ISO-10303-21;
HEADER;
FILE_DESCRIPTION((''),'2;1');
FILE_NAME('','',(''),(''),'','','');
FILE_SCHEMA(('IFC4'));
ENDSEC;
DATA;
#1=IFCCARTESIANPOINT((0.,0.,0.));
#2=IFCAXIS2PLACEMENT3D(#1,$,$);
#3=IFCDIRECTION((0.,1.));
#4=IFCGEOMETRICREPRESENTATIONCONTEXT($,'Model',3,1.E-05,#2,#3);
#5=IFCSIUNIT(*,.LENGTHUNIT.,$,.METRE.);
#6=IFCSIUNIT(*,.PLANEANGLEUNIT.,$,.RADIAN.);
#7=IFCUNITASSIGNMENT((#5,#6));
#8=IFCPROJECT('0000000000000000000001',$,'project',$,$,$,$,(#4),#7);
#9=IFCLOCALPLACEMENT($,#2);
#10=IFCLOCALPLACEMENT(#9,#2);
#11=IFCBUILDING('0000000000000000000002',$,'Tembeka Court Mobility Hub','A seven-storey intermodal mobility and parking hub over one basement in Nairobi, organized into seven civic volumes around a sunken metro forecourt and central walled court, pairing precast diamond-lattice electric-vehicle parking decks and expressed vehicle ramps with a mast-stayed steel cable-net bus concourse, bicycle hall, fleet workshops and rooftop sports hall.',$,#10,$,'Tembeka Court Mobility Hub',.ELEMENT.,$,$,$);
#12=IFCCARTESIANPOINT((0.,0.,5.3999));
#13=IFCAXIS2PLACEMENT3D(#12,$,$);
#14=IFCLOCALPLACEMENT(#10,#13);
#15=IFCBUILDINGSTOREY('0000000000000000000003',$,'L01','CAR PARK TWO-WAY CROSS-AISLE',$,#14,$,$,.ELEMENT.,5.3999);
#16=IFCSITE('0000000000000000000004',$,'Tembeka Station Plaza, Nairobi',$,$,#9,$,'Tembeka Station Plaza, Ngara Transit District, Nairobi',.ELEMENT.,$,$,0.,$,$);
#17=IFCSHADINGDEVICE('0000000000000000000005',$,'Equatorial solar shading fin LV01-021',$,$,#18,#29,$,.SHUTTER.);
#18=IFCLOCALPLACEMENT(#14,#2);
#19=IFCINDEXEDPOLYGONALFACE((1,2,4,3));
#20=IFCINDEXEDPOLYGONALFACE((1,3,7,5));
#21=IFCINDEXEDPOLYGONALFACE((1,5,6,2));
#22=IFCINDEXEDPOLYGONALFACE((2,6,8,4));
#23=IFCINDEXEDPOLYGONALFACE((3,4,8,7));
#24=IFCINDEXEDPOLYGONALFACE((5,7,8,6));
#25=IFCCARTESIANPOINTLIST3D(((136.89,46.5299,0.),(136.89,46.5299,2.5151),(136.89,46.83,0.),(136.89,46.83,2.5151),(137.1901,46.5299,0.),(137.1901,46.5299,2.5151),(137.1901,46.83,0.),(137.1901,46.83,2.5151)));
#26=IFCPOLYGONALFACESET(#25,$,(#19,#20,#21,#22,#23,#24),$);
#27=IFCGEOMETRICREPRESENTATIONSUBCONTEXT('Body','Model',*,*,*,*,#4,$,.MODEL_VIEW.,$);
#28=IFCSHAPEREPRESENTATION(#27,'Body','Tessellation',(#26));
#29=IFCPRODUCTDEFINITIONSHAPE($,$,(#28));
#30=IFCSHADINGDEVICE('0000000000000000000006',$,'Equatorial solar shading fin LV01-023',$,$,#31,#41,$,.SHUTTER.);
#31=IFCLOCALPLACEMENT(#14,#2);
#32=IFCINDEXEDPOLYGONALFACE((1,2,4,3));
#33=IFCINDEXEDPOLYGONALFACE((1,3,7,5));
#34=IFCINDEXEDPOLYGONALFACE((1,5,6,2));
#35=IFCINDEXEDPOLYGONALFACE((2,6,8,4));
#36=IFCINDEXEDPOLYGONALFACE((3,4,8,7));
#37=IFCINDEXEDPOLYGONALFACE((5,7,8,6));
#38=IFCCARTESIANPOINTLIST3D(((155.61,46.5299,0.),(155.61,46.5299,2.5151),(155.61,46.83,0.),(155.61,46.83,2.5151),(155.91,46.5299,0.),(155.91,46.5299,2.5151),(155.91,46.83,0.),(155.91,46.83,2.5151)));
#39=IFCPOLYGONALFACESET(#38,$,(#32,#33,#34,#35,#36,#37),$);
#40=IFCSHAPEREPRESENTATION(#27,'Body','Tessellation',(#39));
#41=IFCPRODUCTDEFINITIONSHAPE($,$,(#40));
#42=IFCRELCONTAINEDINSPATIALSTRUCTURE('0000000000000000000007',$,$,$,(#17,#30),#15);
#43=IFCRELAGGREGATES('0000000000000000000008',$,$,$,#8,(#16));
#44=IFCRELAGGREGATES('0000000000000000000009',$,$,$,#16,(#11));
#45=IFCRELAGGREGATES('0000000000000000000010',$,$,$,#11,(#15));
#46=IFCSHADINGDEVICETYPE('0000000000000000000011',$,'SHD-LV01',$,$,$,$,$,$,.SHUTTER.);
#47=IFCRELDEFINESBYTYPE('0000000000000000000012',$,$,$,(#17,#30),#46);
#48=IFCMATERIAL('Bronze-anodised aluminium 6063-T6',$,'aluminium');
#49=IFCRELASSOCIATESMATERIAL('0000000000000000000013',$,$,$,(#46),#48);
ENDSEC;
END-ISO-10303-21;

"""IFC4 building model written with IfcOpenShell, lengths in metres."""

from ifc_helpers import new_model, si_unit, direction, frame, origin, origin_2d, place, context, subcontext, project, spatial, rectangle, extrude, material, material_profile, profile_set, type_object, element, save


model = new_model("IFC4")

# Units and contexts
model_context = context("Model", 3, precision=1e-05, world=origin(), true_north=direction((0.0, 1.0)))
body_context = subcontext(model_context, "Body", "Model", "MODEL_VIEW")
ifc_project = project(units=[si_unit("LENGTHUNIT", "METRE"), si_unit("PLANEANGLEUNIT", "RADIAN")], contexts=[model_context])

# Site, building, storey
site_placement = place(None, origin())
site = spatial("IfcSite", under=ifc_project, at=site_placement, Name="Tembeka Station Plaza, Nairobi", LongName="Tembeka Station Plaza, Ngara Transit District, Nairobi", CompositionType="ELEMENT", RefElevation=0.0)
building_placement = place(site_placement, origin())
building = spatial("IfcBuilding", under=site, at=building_placement, Name="Tembeka Court Mobility Hub", Description="A seven-storey intermodal mobility and parking hub over one basement in Nairobi, organized into seven civic volumes around a sunken metro forecourt and central walled court, pairing precast diamond-lattice electric-vehicle parking decks and expressed vehicle ramps with a mast-stayed steel cable-net bus concourse, bicycle hall, fleet workshops and rooftop sports hall.", LongName="Tembeka Court Mobility Hub", CompositionType="ELEMENT")
storey_placement = place(building_placement, frame((0.0, 0.0, 5.3999)))
storey = spatial("IfcBuildingStorey", under=building, at=storey_placement, Name="L01", Description="CAR PARK TWO-WAY CROSS-AISLE", CompositionType="ELEMENT", Elevation=5.3999)

# Shading devices
ifc_material_1 = material(Name="Bronze-anodised aluminium 6063-T6", Category="aluminium")
ifc_material_profile_1 = material_profile(ifc_material_1, rectangle(XDim=0.3, YDim=0.3, at=origin_2d()), Name="ALU-LVR 300x300")
ifc_profile_set_1 = profile_set([ifc_material_profile_1], Name="Bronze-anodised aluminium 6063-T6")
shading_device_type_1 = type_object("IfcShadingDeviceType", Name="SHD-LV01", PredefinedType="SHUTTER", material=ifc_profile_set_1)
for number, where, z_axis, x_axis, name in (
    (1, (137.04, 46.6799, 0.0), (0.0, 0.0, 1.0), (1.0, 0.0, 0.0), "Equatorial solar shading fin LV01-021"),
    (2, (155.76, 46.6799, 0.0), (0.0, 0.0, 1.0), (1.0, 0.0, 0.0), "Equatorial solar shading fin LV01-023"),
):
    element("IfcShadingDevice", number, at=place(storey_placement, frame(where, z_axis=z_axis, x_axis=x_axis)), inside=storey, type_object=shading_device_type_1, Name=name, PredefinedType="SHUTTER", context=body_context, shape_type="SweptSolid", body=[
        extrude(rectangle(XDim=0.3, YDim=0.3, at=origin_2d()), origin(), (0.0, 0.0, 1.0), 2.5151),
    ])

save(model, "model.ifc")
